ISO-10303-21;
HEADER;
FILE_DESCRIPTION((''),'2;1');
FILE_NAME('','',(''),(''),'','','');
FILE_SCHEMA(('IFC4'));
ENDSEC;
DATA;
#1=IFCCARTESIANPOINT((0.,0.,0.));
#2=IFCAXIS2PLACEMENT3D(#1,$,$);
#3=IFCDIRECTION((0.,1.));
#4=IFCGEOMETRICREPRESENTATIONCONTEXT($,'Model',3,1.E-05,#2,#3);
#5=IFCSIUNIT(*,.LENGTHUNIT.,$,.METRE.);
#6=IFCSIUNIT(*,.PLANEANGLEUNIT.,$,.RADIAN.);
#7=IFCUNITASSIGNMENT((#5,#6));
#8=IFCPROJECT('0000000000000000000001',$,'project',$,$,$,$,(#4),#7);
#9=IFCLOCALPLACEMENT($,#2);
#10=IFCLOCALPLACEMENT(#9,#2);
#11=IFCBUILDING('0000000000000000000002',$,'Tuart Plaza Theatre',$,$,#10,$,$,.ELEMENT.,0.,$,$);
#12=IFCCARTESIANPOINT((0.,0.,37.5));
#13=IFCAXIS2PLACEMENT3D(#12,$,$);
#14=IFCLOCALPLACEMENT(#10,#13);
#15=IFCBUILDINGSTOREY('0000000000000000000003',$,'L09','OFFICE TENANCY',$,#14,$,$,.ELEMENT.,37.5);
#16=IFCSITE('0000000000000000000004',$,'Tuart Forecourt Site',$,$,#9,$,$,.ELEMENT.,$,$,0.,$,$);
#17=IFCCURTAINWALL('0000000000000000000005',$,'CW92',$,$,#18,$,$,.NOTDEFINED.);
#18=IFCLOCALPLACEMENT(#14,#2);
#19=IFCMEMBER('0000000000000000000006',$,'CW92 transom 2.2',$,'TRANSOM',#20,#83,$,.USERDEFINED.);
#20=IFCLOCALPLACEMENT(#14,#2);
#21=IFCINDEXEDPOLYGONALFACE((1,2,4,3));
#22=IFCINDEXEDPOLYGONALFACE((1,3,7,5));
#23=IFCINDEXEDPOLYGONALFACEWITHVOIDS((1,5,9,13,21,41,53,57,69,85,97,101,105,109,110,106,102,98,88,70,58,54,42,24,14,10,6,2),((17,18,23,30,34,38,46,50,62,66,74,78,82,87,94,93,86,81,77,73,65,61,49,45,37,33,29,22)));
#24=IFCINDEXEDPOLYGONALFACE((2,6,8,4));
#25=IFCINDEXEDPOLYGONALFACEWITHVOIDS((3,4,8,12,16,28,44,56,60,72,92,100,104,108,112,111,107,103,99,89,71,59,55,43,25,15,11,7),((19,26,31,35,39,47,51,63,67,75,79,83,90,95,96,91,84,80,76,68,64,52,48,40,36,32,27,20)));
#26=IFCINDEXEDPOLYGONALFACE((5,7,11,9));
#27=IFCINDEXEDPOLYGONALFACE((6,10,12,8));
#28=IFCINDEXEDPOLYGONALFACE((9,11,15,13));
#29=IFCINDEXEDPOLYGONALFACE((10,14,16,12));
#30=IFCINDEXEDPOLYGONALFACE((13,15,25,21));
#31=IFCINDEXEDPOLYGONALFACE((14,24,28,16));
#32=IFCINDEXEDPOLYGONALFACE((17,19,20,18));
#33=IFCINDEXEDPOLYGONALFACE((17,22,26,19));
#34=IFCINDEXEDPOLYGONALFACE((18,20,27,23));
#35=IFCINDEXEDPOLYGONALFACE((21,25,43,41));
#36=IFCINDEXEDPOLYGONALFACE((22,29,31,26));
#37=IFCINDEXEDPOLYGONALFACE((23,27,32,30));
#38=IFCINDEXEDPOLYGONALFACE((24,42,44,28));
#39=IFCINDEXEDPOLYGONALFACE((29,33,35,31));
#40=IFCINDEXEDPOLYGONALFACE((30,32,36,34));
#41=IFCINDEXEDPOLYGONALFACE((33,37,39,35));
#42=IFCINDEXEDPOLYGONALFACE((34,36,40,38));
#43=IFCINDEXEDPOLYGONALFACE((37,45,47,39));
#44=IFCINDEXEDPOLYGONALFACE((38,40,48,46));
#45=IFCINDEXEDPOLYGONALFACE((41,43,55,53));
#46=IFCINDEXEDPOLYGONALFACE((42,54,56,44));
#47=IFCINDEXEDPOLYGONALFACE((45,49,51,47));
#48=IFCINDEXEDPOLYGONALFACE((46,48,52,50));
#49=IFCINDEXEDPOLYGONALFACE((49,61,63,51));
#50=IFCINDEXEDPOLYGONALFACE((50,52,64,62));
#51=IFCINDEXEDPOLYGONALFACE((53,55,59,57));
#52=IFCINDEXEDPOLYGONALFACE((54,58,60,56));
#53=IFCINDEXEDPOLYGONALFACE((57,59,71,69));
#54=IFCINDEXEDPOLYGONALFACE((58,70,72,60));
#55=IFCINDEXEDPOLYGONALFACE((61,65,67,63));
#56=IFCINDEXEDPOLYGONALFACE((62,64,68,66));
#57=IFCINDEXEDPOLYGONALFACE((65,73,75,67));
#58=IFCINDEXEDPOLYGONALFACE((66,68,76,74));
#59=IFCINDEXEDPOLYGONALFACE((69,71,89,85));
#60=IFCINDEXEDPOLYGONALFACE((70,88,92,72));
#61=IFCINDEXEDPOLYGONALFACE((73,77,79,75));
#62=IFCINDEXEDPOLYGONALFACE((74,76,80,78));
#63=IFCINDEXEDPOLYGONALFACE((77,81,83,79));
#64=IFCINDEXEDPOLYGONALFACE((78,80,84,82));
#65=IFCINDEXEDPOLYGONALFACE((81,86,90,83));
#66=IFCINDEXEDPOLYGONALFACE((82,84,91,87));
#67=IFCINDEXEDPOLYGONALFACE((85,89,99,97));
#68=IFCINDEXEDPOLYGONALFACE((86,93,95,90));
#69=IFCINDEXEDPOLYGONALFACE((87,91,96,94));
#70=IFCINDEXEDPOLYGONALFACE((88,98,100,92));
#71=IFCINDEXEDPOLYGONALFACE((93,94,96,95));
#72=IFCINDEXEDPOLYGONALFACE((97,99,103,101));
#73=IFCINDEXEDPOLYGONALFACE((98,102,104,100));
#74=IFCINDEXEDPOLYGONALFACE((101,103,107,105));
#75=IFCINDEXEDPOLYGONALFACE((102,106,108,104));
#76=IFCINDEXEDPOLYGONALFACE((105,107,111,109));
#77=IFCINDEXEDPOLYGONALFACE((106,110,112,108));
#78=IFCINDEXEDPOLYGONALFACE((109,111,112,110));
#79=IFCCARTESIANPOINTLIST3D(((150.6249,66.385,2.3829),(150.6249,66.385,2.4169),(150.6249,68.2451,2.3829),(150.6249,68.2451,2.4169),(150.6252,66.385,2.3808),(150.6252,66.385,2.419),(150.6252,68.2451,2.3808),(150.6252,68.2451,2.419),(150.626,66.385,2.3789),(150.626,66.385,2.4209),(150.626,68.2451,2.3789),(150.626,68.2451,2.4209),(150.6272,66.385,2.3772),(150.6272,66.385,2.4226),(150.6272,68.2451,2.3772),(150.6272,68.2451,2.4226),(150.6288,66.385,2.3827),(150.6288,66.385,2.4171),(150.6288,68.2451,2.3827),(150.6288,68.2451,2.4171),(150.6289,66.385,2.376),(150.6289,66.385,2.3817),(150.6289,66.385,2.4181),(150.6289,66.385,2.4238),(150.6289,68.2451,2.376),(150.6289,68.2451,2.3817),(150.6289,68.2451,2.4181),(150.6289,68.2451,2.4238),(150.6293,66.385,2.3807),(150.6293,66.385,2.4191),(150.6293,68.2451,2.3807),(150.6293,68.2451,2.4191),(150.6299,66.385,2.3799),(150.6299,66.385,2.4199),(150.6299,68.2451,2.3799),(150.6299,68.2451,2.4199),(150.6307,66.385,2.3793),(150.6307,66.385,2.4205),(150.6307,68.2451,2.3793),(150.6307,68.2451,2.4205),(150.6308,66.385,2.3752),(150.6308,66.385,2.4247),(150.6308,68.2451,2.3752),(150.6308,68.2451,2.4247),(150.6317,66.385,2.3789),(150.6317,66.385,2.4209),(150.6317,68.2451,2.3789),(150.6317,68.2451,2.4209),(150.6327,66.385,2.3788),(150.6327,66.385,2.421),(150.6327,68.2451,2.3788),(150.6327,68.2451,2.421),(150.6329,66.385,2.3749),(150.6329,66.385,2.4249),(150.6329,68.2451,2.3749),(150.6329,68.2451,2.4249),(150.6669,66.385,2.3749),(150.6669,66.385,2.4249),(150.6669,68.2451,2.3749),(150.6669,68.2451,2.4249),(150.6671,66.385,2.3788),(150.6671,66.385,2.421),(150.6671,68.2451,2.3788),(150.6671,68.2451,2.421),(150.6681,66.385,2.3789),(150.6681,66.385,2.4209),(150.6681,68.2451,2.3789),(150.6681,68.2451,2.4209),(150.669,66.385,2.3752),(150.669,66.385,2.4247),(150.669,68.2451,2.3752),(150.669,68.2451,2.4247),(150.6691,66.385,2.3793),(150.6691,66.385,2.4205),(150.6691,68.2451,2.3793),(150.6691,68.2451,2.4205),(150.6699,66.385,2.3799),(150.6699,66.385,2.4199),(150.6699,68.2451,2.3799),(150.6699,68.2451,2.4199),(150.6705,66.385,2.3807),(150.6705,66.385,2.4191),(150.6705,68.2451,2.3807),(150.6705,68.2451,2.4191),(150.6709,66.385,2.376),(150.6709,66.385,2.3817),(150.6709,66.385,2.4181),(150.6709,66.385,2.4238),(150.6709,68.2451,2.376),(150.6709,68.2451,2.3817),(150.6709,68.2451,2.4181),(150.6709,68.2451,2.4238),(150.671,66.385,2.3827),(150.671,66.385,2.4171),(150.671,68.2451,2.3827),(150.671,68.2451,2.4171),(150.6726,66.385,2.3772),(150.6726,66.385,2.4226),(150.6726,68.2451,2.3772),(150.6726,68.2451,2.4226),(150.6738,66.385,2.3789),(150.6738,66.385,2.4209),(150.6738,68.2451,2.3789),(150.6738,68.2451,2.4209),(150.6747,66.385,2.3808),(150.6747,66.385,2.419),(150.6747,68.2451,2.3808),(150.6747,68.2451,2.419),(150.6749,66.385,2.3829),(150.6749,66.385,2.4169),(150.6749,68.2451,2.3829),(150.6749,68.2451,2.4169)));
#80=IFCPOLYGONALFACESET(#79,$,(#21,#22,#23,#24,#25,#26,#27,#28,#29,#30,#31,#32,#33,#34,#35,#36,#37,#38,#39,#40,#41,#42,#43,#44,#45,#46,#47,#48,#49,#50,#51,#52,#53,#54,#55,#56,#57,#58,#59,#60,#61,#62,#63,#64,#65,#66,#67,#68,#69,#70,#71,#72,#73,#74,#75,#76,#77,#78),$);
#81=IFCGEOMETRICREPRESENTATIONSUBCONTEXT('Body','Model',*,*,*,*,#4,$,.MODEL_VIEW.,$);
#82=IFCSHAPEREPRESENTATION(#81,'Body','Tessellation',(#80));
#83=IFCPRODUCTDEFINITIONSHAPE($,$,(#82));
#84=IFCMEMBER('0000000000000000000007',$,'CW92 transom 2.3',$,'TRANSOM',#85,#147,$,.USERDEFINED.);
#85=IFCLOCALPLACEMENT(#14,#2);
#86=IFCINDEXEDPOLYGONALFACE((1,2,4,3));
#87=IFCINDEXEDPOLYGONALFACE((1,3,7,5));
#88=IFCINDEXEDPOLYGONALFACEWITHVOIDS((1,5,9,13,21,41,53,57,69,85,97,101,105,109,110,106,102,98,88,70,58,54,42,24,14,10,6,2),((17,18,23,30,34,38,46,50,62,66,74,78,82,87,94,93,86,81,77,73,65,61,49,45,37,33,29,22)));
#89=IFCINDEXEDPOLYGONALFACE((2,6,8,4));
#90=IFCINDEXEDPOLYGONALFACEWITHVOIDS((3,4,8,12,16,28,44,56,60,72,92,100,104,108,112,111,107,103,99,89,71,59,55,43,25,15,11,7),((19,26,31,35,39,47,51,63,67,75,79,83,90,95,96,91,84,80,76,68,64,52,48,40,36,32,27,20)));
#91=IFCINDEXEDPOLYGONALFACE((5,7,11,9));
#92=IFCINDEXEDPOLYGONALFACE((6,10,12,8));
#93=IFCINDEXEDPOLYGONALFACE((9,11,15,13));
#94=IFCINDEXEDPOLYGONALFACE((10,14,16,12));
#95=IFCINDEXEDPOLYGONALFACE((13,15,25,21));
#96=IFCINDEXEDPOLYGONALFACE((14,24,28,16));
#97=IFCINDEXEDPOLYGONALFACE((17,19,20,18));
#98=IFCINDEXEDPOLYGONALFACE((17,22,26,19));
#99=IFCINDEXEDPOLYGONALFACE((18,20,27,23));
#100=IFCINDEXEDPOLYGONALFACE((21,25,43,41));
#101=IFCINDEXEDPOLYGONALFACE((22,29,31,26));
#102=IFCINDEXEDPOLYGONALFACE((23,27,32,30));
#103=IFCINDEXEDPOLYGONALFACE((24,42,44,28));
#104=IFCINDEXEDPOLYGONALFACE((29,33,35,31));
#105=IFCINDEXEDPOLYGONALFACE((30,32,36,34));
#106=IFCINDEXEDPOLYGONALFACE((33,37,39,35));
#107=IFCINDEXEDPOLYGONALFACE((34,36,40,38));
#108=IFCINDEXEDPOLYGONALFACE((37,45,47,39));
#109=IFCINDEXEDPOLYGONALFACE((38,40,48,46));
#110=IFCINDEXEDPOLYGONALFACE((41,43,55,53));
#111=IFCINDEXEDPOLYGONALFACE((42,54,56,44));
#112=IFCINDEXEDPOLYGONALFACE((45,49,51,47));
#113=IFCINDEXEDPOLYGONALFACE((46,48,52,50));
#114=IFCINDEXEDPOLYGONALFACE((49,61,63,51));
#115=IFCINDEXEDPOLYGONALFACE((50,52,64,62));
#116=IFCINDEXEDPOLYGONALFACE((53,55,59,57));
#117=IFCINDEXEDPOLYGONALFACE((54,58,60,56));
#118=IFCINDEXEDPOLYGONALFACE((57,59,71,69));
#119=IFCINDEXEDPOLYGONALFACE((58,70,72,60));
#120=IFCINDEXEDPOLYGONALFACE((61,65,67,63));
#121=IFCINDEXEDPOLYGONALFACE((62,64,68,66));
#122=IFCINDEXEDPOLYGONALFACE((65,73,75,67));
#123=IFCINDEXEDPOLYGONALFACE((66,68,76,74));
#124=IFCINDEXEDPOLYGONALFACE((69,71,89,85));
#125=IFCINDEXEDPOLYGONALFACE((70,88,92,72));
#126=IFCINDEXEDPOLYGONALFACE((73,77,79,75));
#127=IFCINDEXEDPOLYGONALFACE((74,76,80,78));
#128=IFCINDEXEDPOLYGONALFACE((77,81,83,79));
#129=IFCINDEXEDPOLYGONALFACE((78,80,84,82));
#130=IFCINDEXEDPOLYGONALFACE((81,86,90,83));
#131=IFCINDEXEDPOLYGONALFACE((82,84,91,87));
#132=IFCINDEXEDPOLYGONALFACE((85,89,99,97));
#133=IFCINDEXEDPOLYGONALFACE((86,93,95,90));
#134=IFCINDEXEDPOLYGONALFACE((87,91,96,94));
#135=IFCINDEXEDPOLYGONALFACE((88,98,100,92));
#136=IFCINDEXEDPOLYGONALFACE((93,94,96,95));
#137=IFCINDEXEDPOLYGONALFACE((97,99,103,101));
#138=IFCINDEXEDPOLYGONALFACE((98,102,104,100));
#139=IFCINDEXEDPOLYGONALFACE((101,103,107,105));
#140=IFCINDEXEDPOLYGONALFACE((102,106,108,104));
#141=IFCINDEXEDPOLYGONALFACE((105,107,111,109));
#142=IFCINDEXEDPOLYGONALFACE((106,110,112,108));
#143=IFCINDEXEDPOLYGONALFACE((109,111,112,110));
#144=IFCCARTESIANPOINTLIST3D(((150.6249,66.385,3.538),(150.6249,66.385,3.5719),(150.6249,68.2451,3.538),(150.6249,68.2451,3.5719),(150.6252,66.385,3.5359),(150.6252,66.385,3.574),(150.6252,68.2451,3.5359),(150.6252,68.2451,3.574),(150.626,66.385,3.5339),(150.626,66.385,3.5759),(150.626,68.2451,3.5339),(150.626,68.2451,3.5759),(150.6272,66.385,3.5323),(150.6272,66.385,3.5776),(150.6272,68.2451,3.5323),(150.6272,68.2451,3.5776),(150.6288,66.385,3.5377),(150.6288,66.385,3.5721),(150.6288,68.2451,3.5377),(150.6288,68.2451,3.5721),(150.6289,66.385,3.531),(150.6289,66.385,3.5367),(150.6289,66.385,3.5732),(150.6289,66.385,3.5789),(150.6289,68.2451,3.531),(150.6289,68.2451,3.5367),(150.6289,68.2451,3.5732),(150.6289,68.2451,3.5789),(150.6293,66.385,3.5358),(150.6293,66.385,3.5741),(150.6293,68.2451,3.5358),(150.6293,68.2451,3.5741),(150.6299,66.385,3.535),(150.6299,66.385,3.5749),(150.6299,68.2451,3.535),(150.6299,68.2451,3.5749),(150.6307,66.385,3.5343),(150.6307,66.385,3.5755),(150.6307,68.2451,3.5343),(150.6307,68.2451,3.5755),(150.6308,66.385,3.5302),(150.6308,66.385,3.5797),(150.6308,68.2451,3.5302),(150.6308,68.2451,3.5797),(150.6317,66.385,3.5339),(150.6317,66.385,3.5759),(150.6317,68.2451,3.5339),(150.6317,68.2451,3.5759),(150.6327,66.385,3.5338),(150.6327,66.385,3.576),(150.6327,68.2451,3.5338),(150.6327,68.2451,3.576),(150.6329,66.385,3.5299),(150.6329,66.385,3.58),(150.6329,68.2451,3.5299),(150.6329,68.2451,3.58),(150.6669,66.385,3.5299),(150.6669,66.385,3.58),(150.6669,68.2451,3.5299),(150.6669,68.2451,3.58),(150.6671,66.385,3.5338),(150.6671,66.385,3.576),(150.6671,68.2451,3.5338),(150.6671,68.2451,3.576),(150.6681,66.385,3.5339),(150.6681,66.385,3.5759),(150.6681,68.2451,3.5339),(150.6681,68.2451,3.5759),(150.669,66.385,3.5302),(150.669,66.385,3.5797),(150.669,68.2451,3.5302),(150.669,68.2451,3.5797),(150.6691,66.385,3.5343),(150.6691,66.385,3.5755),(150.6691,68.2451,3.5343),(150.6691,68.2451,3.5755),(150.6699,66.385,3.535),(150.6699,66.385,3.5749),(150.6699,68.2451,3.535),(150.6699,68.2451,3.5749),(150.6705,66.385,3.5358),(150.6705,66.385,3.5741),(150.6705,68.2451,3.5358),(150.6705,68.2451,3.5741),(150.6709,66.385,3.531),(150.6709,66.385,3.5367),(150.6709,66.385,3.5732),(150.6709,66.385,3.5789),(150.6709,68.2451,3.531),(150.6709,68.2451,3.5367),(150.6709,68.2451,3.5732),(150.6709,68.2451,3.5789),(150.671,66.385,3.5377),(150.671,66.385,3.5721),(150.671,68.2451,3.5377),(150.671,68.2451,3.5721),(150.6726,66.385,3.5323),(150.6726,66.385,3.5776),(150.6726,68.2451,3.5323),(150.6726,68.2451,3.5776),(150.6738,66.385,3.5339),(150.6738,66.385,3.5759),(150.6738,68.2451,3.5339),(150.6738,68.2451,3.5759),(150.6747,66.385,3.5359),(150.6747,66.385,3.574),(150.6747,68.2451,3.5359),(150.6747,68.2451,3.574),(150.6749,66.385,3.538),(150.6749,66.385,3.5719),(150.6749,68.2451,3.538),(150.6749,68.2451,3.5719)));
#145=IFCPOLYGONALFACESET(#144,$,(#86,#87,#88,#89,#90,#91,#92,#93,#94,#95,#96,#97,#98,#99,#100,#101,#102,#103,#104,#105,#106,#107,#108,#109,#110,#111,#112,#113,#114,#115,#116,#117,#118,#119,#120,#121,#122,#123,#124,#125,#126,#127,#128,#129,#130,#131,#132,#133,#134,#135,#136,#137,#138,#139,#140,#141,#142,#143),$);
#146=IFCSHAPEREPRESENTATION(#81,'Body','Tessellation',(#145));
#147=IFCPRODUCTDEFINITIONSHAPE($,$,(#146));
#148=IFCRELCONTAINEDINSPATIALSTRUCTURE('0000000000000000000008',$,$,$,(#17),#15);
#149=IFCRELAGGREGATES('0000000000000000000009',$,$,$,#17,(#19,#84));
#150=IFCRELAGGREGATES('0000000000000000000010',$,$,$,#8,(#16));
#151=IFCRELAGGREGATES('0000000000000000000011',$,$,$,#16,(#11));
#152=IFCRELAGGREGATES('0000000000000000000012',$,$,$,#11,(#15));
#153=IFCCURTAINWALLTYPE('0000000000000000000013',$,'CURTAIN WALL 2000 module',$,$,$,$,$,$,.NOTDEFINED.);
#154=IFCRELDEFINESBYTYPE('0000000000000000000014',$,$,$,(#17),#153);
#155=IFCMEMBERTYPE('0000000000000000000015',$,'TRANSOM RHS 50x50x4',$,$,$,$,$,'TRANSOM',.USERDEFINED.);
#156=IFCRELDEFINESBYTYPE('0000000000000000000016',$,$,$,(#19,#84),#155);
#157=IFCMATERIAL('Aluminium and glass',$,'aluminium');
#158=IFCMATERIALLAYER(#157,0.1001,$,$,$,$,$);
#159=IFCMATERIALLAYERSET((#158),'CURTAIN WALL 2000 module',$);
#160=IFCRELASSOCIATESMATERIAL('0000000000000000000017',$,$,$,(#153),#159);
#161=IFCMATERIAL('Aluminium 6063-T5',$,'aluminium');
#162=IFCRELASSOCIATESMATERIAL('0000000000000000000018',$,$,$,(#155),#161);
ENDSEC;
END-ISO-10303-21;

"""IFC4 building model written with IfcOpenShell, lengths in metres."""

from ifc_helpers import new_model, si_unit, direction, frame, origin, origin_2d, place, context, subcontext, project, spatial, hollow_rectangle, extrude, material, layer, layer_set, material_profile, profile_set, type_object, element, aggregate, save


model = new_model("IFC4")

# Units and contexts
model_context = context("Model", 3, precision=1e-05, world=origin(), true_north=direction((0.0, 1.0)))
body_context = subcontext(model_context, "Body", "Model", "MODEL_VIEW")
ifc_project = project(units=[si_unit("LENGTHUNIT", "METRE"), si_unit("PLANEANGLEUNIT", "RADIAN")], contexts=[model_context])

# Site, building, storey
site_placement = place(None, origin())
site = spatial("IfcSite", under=ifc_project, at=site_placement, Name="Tuart Forecourt Site", CompositionType="ELEMENT", RefElevation=0.0)
building_placement = place(site_placement, origin())
building = spatial("IfcBuilding", under=site, at=building_placement, Name="Tuart Plaza Theatre", CompositionType="ELEMENT", ElevationOfRefHeight=0.0)
storey_placement = place(building_placement, frame((0.0, 0.0, 37.5)))
storey = spatial("IfcBuildingStorey", under=building, at=storey_placement, Name="L09", Description="OFFICE TENANCY", CompositionType="ELEMENT", Elevation=37.5)

# Shared definitions
ifc_material_1 = material(Name="Aluminium and glass", Category="aluminium")
ifc_layer_1 = layer(ifc_material_1, 0.1001)
ifc_layer_set_1 = layer_set([ifc_layer_1], Name="CURTAIN WALL 2000 module")
curtain_wall_type = type_object("IfcCurtainWallType", Name="CURTAIN WALL 2000 module", PredefinedType="NOTDEFINED", material=ifc_layer_set_1)

# Curtain wall
curtain_wall_1_placement = place(storey_placement, origin())
curtain_wall_1 = element("IfcCurtainWall", 1, at=curtain_wall_1_placement, inside=storey, type_object=curtain_wall_type, Name="CW92", PredefinedType="NOTDEFINED")

# Members
ifc_material_2 = material(Name="Aluminium 6063-T5", Category="aluminium")
ifc_material_profile_1 = material_profile(ifc_material_2, hollow_rectangle(XDim=0.05, YDim=0.05, WallThickness=0.0039, InnerFilletRadius=0.0039, OuterFilletRadius=0.0081, at=origin_2d()), Name="RHS 50x50x4")
ifc_profile_set_1 = profile_set([ifc_material_profile_1], Name="Aluminium 6063-T5")
member_type_1 = type_object("IfcMemberType", Name="TRANSOM RHS 50x50x4", ElementType="TRANSOM", PredefinedType="USERDEFINED", material=ifc_profile_set_1)
member_1_placement = place(storey_placement, frame((150.6499, 66.385, 2.3999), z_axis=(0.0, 1.0, 0.0), x_axis=(-1.0, 0.0, 0.0)))
member_1 = element("IfcMember", 2, at=member_1_placement, type_object=member_type_1, Name="CW92 transom 2.2", ObjectType="TRANSOM", PredefinedType="USERDEFINED", context=body_context, shape_type="SweptSolid", body=[
    extrude(hollow_rectangle(XDim=0.05, YDim=0.05, WallThickness=0.0039, InnerFilletRadius=0.0039, OuterFilletRadius=0.0081, at=origin_2d()), origin(), (0.0, 0.0, 1.0), 1.8601),
])
member_2_placement = place(storey_placement, frame((150.6499, 66.385, 3.5549), z_axis=(0.0, 1.0, 0.0), x_axis=(-1.0, 0.0, 0.0)))
member_2 = element("IfcMember", 3, at=member_2_placement, type_object=member_type_1, Name="CW92 transom 2.3", ObjectType="TRANSOM", PredefinedType="USERDEFINED", context=body_context, shape_type="SweptSolid", body=[
    extrude(hollow_rectangle(XDim=0.05, YDim=0.05, WallThickness=0.0039, InnerFilletRadius=0.0039, OuterFilletRadius=0.0081, at=origin_2d()), origin(), (0.0, 0.0, 1.0), 1.8601),
])

aggregate(curtain_wall_1, [member_1, member_2])

save(model, "model.ifc")
